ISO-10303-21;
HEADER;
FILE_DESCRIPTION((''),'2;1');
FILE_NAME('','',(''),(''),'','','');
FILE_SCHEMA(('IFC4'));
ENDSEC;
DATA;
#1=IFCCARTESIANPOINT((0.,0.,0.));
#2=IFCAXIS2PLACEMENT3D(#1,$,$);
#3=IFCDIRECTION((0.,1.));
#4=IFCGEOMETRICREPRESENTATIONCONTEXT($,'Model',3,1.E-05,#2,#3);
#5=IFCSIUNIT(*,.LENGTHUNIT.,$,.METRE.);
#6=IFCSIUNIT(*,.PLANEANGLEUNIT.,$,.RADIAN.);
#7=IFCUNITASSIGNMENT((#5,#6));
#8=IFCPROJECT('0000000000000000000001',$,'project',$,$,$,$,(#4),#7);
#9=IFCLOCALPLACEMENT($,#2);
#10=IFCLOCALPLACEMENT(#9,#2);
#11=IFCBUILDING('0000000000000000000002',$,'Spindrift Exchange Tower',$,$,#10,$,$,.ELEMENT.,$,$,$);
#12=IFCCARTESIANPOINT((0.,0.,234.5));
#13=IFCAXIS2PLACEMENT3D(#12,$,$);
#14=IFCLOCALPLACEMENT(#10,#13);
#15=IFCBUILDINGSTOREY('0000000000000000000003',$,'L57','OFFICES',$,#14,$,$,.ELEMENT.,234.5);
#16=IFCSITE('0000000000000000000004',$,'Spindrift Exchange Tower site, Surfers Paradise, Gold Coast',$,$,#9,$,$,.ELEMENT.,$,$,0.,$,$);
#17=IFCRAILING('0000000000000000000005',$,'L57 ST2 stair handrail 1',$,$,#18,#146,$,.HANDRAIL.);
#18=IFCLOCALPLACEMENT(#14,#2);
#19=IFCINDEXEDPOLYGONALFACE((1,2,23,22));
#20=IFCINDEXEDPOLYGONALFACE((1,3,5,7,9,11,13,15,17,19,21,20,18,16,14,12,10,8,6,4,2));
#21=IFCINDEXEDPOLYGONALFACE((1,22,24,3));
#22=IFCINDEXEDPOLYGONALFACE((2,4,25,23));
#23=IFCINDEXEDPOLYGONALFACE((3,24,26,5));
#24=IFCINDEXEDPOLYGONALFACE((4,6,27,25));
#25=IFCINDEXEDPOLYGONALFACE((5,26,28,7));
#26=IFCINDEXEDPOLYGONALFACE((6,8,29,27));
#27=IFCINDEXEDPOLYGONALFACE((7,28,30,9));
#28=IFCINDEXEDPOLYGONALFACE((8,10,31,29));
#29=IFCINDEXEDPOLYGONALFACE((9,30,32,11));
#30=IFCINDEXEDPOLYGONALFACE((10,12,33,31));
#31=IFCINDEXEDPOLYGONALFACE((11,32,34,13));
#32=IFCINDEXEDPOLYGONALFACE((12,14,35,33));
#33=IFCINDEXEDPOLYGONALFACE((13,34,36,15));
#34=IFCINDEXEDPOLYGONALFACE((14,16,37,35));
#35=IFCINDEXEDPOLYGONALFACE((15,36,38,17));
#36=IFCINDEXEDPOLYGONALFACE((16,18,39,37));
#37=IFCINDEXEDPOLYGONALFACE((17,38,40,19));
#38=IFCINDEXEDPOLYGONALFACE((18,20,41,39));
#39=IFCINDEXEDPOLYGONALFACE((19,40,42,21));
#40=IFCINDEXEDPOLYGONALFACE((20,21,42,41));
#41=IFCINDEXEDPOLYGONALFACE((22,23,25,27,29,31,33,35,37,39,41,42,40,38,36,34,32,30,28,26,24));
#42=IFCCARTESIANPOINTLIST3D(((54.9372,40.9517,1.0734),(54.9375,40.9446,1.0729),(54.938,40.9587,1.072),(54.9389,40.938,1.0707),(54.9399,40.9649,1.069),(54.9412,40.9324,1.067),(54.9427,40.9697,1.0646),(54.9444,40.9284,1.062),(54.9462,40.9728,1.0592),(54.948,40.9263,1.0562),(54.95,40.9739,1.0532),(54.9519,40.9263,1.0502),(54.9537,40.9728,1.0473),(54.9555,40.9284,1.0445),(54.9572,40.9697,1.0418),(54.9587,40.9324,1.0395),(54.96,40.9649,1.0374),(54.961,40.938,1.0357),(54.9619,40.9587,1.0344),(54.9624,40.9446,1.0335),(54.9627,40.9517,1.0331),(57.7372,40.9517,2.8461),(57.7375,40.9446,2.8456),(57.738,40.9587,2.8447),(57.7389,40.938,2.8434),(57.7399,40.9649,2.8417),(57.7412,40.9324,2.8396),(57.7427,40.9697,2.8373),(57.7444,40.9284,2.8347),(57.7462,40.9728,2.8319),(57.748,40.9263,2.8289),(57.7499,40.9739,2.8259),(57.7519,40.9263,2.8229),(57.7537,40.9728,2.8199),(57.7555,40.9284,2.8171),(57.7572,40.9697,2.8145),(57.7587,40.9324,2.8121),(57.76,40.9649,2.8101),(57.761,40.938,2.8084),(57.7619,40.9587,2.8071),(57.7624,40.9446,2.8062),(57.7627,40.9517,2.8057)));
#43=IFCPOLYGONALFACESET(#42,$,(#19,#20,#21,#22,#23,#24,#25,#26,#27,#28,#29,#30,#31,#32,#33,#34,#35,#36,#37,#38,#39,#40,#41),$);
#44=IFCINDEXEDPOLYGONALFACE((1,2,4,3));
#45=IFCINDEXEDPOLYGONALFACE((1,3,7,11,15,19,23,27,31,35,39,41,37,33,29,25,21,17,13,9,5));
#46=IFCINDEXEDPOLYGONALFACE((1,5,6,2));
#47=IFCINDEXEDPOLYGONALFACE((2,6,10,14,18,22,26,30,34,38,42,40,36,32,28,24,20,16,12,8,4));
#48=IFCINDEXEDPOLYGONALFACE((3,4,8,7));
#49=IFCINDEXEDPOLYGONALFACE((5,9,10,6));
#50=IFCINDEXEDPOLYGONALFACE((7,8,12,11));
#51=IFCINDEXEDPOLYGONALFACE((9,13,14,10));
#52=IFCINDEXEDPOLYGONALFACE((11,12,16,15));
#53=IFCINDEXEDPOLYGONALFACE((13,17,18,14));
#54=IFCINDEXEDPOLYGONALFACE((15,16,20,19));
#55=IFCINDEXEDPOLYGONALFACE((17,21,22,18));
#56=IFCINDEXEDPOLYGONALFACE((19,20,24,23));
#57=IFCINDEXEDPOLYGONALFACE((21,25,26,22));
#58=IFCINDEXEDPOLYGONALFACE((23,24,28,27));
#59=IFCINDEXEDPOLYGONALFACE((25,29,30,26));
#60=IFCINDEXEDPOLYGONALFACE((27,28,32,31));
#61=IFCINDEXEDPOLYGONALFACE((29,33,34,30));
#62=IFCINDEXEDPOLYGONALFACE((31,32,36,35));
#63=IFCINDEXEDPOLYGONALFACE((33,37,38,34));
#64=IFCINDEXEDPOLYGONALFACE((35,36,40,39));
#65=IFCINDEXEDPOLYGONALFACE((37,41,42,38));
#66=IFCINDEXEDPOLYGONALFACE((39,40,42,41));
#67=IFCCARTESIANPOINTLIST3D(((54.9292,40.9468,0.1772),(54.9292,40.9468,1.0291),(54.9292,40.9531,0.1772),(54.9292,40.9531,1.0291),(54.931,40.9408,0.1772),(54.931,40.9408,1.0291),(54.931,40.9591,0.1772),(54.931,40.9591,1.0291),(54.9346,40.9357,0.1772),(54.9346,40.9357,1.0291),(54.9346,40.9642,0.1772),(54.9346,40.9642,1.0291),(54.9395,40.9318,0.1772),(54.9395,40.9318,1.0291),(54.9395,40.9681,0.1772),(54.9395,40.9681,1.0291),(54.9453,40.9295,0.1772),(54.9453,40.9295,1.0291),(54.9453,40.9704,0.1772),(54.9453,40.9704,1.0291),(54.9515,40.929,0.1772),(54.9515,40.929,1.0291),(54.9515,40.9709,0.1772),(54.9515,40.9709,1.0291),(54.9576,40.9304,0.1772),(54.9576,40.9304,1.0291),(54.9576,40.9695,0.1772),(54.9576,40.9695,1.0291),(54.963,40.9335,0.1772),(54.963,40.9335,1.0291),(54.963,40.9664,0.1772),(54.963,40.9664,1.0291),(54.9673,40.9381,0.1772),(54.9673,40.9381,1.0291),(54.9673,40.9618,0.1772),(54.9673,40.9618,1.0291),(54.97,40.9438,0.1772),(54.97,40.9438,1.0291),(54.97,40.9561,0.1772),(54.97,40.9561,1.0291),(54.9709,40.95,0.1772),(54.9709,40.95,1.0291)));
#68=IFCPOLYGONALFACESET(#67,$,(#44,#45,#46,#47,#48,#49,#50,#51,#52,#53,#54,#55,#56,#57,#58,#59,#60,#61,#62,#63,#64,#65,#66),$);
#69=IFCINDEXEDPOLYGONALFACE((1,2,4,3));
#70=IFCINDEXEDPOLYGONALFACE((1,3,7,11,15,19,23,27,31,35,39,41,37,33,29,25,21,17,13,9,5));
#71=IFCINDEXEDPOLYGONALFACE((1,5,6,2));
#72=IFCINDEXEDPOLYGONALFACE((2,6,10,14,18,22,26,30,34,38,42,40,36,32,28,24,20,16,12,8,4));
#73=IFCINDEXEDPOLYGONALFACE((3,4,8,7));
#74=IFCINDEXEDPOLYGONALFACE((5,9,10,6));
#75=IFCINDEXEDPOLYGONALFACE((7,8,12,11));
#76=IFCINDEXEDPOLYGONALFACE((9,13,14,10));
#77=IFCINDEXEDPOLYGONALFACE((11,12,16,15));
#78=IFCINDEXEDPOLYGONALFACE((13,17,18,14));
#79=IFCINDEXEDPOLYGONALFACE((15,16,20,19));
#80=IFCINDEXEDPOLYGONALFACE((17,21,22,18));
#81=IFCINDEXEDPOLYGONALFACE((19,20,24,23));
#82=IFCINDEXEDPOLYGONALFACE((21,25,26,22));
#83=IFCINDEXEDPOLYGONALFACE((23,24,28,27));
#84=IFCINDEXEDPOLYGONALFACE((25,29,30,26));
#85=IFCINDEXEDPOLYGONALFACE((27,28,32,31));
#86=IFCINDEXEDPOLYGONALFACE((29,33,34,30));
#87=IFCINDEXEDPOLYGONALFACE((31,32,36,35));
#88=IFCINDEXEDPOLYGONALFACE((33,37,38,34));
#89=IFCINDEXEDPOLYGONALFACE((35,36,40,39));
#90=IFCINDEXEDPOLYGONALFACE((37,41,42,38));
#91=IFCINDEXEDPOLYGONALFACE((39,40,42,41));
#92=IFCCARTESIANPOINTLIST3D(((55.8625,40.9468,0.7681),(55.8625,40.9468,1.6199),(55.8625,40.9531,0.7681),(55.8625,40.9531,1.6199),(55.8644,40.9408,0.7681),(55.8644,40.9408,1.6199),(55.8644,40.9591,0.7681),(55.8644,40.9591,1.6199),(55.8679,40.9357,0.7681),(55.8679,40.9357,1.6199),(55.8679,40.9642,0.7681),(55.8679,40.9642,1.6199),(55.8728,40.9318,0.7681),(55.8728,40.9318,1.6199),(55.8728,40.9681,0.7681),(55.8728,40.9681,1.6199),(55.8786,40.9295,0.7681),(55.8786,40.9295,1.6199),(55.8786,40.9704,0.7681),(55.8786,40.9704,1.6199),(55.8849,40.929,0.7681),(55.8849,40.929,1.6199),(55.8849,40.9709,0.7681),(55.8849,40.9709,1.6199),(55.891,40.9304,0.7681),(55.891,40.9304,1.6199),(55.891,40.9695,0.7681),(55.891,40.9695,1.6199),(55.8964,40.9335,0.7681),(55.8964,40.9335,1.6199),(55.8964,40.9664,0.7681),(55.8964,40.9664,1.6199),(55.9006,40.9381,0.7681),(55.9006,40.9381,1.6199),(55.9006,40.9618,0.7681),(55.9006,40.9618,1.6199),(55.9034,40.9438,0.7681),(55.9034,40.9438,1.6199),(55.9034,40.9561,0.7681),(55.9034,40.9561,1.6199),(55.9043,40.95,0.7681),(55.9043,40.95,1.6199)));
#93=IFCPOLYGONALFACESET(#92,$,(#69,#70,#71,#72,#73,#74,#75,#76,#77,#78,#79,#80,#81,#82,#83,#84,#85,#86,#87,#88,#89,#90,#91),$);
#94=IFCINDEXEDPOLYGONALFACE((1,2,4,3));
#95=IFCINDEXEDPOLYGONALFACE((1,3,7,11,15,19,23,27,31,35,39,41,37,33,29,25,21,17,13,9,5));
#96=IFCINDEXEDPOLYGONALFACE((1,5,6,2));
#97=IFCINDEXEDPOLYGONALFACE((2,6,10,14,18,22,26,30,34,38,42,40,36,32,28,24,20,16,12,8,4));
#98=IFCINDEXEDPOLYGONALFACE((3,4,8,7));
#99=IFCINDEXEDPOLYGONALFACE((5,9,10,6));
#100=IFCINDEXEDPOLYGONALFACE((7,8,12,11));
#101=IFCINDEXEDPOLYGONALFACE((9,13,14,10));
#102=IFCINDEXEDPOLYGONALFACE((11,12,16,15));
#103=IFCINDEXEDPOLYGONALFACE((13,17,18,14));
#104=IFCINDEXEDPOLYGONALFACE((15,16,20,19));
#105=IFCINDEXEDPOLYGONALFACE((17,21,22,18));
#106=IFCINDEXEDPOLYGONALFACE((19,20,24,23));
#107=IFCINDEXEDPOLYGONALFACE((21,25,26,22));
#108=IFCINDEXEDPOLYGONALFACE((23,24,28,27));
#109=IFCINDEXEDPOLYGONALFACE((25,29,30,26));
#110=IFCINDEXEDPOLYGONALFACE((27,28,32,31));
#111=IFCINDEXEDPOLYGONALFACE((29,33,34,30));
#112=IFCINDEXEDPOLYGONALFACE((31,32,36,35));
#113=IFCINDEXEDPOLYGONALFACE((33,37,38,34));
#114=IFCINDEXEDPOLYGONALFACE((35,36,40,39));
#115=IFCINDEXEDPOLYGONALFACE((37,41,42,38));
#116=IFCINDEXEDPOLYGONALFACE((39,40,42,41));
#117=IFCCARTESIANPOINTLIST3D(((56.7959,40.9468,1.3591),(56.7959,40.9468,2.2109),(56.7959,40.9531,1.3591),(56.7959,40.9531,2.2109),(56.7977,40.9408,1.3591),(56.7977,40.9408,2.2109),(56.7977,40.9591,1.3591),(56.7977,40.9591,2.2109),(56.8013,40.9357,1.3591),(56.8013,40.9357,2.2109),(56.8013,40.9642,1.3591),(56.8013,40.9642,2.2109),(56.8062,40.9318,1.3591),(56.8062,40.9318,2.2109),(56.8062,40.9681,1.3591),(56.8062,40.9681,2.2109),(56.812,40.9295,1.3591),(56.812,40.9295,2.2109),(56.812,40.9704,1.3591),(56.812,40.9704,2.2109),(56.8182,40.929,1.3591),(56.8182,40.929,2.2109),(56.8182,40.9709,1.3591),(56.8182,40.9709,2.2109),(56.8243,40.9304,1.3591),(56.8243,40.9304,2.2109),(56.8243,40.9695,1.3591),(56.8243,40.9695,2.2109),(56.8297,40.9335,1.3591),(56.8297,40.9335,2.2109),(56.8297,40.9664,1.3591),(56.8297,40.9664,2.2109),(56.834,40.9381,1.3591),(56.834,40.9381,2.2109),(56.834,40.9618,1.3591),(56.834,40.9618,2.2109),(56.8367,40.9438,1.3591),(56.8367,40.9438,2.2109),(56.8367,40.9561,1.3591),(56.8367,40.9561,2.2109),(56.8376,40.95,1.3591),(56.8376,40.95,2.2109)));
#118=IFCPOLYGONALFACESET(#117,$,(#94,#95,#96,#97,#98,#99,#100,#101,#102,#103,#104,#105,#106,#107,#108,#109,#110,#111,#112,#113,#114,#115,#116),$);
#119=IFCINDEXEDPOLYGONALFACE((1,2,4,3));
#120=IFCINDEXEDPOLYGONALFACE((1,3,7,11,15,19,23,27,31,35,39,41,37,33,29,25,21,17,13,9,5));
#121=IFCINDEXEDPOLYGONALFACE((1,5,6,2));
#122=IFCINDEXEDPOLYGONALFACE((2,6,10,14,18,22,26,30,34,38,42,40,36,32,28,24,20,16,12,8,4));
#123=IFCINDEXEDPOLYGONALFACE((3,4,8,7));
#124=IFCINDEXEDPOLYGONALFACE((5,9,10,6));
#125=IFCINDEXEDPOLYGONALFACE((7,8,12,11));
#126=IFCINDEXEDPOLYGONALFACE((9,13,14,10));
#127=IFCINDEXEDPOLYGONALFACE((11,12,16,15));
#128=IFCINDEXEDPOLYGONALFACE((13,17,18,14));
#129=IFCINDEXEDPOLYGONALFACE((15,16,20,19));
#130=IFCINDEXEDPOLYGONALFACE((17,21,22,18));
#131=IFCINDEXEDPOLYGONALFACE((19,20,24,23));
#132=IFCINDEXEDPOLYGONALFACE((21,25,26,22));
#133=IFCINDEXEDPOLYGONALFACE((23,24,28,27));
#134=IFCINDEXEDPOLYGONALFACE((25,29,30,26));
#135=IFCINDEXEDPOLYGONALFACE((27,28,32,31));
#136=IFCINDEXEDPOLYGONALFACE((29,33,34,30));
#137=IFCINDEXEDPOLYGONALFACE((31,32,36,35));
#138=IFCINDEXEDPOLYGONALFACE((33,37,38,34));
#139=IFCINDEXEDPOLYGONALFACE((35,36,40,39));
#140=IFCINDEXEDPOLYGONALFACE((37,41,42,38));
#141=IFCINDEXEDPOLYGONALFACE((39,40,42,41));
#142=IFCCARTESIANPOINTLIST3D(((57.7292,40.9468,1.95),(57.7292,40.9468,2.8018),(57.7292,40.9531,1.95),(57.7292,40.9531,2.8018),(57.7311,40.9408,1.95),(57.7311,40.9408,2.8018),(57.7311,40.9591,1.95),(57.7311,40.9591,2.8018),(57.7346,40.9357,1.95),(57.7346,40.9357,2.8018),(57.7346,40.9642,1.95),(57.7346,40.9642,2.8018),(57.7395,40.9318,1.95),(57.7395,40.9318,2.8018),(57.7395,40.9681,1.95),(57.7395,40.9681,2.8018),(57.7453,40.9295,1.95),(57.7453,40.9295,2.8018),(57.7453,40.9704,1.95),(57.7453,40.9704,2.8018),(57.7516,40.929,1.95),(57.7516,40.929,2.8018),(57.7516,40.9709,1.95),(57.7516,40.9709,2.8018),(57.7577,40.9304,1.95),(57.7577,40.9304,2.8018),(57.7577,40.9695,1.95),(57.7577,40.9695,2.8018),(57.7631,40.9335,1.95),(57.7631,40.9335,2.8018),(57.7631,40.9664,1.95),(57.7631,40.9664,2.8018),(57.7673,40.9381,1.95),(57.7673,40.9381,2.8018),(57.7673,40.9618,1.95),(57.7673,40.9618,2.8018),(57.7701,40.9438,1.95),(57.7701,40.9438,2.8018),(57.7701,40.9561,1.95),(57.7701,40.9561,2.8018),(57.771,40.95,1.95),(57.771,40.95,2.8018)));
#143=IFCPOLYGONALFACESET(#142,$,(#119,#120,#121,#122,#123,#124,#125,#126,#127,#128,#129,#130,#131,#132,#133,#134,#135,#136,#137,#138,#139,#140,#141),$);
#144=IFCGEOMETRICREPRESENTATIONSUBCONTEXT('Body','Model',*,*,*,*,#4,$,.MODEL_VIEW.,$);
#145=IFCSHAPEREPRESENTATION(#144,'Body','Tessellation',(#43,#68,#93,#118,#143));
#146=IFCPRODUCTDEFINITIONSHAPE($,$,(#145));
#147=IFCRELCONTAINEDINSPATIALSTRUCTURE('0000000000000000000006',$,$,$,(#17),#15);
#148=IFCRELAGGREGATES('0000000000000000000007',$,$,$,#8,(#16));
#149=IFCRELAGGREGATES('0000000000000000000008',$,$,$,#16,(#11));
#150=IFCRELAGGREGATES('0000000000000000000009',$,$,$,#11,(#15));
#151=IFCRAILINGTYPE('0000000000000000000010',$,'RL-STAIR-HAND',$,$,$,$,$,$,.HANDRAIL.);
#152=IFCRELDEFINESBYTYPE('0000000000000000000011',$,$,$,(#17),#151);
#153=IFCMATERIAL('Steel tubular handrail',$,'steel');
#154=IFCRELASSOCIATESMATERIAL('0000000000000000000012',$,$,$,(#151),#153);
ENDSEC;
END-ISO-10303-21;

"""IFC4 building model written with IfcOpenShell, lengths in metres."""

from ifc_helpers import new_model, si_unit, direction, frame, origin, origin_2d, place, context, subcontext, project, spatial, circle, extrude, material, type_object, element, save


model = new_model("IFC4")

# Units and contexts
model_context = context("Model", 3, precision=1e-05, world=origin(), true_north=direction((0.0, 1.0)))
body_context = subcontext(model_context, "Body", "Model", "MODEL_VIEW")
ifc_project = project(units=[si_unit("LENGTHUNIT", "METRE"), si_unit("PLANEANGLEUNIT", "RADIAN")], contexts=[model_context])

# Site, building, storey
site_placement = place(None, origin())
site = spatial("IfcSite", under=ifc_project, at=site_placement, Name="Spindrift Exchange Tower site, Surfers Paradise, Gold Coast", CompositionType="ELEMENT", RefElevation=0.0)
building_placement = place(site_placement, origin())
building = spatial("IfcBuilding", under=site, at=building_placement, Name="Spindrift Exchange Tower", CompositionType="ELEMENT")
storey_placement = place(building_placement, frame((0.0, 0.0, 234.5)))
storey = spatial("IfcBuildingStorey", under=building, at=storey_placement, Name="L57", Description="OFFICES", CompositionType="ELEMENT", Elevation=234.5)

# Railing
ifc_material_1 = material(Name="Steel tubular handrail", Category="steel")
railing_type = type_object("IfcRailingType", Name="RL-STAIR-HAND", PredefinedType="HANDRAIL", material=ifc_material_1)
railing_placement = place(storey_placement, frame((54.95, 40.95, 0.1772)))
element("IfcRailing", 1, at=railing_placement, inside=storey, type_object=railing_type, Name="L57 ST2 stair handrail 1", PredefinedType="HANDRAIL", context=body_context, shape_type="SweptSolid", body=[
    extrude(circle(Radius=0.0239, at=origin_2d()), frame((0.0, 0.0, 0.876), z_axis=(0.844909, 0.0, 0.53491), x_axis=(0.0, 1.0, 0.0)), (0.0, 0.0, 1.0), 3.314),
    extrude(circle(Radius=0.021, at=origin_2d()), origin(), (0.0, 0.0, 1.0), 0.8518),
    extrude(circle(Radius=0.021, at=origin_2d()), frame((0.9333, 0.0, 0.5908)), (0.0, 0.0, 1.0), 0.8518),
    extrude(circle(Radius=0.021, at=origin_2d()), frame((1.8667, 0.0, 1.1819)), (0.0, 0.0, 1.0), 0.8518),
    extrude(circle(Radius=0.021, at=origin_2d()), frame((2.8, 0.0, 1.7727)), (0.0, 0.0, 1.0), 0.8518),
])

save(model, "model.ifc")
